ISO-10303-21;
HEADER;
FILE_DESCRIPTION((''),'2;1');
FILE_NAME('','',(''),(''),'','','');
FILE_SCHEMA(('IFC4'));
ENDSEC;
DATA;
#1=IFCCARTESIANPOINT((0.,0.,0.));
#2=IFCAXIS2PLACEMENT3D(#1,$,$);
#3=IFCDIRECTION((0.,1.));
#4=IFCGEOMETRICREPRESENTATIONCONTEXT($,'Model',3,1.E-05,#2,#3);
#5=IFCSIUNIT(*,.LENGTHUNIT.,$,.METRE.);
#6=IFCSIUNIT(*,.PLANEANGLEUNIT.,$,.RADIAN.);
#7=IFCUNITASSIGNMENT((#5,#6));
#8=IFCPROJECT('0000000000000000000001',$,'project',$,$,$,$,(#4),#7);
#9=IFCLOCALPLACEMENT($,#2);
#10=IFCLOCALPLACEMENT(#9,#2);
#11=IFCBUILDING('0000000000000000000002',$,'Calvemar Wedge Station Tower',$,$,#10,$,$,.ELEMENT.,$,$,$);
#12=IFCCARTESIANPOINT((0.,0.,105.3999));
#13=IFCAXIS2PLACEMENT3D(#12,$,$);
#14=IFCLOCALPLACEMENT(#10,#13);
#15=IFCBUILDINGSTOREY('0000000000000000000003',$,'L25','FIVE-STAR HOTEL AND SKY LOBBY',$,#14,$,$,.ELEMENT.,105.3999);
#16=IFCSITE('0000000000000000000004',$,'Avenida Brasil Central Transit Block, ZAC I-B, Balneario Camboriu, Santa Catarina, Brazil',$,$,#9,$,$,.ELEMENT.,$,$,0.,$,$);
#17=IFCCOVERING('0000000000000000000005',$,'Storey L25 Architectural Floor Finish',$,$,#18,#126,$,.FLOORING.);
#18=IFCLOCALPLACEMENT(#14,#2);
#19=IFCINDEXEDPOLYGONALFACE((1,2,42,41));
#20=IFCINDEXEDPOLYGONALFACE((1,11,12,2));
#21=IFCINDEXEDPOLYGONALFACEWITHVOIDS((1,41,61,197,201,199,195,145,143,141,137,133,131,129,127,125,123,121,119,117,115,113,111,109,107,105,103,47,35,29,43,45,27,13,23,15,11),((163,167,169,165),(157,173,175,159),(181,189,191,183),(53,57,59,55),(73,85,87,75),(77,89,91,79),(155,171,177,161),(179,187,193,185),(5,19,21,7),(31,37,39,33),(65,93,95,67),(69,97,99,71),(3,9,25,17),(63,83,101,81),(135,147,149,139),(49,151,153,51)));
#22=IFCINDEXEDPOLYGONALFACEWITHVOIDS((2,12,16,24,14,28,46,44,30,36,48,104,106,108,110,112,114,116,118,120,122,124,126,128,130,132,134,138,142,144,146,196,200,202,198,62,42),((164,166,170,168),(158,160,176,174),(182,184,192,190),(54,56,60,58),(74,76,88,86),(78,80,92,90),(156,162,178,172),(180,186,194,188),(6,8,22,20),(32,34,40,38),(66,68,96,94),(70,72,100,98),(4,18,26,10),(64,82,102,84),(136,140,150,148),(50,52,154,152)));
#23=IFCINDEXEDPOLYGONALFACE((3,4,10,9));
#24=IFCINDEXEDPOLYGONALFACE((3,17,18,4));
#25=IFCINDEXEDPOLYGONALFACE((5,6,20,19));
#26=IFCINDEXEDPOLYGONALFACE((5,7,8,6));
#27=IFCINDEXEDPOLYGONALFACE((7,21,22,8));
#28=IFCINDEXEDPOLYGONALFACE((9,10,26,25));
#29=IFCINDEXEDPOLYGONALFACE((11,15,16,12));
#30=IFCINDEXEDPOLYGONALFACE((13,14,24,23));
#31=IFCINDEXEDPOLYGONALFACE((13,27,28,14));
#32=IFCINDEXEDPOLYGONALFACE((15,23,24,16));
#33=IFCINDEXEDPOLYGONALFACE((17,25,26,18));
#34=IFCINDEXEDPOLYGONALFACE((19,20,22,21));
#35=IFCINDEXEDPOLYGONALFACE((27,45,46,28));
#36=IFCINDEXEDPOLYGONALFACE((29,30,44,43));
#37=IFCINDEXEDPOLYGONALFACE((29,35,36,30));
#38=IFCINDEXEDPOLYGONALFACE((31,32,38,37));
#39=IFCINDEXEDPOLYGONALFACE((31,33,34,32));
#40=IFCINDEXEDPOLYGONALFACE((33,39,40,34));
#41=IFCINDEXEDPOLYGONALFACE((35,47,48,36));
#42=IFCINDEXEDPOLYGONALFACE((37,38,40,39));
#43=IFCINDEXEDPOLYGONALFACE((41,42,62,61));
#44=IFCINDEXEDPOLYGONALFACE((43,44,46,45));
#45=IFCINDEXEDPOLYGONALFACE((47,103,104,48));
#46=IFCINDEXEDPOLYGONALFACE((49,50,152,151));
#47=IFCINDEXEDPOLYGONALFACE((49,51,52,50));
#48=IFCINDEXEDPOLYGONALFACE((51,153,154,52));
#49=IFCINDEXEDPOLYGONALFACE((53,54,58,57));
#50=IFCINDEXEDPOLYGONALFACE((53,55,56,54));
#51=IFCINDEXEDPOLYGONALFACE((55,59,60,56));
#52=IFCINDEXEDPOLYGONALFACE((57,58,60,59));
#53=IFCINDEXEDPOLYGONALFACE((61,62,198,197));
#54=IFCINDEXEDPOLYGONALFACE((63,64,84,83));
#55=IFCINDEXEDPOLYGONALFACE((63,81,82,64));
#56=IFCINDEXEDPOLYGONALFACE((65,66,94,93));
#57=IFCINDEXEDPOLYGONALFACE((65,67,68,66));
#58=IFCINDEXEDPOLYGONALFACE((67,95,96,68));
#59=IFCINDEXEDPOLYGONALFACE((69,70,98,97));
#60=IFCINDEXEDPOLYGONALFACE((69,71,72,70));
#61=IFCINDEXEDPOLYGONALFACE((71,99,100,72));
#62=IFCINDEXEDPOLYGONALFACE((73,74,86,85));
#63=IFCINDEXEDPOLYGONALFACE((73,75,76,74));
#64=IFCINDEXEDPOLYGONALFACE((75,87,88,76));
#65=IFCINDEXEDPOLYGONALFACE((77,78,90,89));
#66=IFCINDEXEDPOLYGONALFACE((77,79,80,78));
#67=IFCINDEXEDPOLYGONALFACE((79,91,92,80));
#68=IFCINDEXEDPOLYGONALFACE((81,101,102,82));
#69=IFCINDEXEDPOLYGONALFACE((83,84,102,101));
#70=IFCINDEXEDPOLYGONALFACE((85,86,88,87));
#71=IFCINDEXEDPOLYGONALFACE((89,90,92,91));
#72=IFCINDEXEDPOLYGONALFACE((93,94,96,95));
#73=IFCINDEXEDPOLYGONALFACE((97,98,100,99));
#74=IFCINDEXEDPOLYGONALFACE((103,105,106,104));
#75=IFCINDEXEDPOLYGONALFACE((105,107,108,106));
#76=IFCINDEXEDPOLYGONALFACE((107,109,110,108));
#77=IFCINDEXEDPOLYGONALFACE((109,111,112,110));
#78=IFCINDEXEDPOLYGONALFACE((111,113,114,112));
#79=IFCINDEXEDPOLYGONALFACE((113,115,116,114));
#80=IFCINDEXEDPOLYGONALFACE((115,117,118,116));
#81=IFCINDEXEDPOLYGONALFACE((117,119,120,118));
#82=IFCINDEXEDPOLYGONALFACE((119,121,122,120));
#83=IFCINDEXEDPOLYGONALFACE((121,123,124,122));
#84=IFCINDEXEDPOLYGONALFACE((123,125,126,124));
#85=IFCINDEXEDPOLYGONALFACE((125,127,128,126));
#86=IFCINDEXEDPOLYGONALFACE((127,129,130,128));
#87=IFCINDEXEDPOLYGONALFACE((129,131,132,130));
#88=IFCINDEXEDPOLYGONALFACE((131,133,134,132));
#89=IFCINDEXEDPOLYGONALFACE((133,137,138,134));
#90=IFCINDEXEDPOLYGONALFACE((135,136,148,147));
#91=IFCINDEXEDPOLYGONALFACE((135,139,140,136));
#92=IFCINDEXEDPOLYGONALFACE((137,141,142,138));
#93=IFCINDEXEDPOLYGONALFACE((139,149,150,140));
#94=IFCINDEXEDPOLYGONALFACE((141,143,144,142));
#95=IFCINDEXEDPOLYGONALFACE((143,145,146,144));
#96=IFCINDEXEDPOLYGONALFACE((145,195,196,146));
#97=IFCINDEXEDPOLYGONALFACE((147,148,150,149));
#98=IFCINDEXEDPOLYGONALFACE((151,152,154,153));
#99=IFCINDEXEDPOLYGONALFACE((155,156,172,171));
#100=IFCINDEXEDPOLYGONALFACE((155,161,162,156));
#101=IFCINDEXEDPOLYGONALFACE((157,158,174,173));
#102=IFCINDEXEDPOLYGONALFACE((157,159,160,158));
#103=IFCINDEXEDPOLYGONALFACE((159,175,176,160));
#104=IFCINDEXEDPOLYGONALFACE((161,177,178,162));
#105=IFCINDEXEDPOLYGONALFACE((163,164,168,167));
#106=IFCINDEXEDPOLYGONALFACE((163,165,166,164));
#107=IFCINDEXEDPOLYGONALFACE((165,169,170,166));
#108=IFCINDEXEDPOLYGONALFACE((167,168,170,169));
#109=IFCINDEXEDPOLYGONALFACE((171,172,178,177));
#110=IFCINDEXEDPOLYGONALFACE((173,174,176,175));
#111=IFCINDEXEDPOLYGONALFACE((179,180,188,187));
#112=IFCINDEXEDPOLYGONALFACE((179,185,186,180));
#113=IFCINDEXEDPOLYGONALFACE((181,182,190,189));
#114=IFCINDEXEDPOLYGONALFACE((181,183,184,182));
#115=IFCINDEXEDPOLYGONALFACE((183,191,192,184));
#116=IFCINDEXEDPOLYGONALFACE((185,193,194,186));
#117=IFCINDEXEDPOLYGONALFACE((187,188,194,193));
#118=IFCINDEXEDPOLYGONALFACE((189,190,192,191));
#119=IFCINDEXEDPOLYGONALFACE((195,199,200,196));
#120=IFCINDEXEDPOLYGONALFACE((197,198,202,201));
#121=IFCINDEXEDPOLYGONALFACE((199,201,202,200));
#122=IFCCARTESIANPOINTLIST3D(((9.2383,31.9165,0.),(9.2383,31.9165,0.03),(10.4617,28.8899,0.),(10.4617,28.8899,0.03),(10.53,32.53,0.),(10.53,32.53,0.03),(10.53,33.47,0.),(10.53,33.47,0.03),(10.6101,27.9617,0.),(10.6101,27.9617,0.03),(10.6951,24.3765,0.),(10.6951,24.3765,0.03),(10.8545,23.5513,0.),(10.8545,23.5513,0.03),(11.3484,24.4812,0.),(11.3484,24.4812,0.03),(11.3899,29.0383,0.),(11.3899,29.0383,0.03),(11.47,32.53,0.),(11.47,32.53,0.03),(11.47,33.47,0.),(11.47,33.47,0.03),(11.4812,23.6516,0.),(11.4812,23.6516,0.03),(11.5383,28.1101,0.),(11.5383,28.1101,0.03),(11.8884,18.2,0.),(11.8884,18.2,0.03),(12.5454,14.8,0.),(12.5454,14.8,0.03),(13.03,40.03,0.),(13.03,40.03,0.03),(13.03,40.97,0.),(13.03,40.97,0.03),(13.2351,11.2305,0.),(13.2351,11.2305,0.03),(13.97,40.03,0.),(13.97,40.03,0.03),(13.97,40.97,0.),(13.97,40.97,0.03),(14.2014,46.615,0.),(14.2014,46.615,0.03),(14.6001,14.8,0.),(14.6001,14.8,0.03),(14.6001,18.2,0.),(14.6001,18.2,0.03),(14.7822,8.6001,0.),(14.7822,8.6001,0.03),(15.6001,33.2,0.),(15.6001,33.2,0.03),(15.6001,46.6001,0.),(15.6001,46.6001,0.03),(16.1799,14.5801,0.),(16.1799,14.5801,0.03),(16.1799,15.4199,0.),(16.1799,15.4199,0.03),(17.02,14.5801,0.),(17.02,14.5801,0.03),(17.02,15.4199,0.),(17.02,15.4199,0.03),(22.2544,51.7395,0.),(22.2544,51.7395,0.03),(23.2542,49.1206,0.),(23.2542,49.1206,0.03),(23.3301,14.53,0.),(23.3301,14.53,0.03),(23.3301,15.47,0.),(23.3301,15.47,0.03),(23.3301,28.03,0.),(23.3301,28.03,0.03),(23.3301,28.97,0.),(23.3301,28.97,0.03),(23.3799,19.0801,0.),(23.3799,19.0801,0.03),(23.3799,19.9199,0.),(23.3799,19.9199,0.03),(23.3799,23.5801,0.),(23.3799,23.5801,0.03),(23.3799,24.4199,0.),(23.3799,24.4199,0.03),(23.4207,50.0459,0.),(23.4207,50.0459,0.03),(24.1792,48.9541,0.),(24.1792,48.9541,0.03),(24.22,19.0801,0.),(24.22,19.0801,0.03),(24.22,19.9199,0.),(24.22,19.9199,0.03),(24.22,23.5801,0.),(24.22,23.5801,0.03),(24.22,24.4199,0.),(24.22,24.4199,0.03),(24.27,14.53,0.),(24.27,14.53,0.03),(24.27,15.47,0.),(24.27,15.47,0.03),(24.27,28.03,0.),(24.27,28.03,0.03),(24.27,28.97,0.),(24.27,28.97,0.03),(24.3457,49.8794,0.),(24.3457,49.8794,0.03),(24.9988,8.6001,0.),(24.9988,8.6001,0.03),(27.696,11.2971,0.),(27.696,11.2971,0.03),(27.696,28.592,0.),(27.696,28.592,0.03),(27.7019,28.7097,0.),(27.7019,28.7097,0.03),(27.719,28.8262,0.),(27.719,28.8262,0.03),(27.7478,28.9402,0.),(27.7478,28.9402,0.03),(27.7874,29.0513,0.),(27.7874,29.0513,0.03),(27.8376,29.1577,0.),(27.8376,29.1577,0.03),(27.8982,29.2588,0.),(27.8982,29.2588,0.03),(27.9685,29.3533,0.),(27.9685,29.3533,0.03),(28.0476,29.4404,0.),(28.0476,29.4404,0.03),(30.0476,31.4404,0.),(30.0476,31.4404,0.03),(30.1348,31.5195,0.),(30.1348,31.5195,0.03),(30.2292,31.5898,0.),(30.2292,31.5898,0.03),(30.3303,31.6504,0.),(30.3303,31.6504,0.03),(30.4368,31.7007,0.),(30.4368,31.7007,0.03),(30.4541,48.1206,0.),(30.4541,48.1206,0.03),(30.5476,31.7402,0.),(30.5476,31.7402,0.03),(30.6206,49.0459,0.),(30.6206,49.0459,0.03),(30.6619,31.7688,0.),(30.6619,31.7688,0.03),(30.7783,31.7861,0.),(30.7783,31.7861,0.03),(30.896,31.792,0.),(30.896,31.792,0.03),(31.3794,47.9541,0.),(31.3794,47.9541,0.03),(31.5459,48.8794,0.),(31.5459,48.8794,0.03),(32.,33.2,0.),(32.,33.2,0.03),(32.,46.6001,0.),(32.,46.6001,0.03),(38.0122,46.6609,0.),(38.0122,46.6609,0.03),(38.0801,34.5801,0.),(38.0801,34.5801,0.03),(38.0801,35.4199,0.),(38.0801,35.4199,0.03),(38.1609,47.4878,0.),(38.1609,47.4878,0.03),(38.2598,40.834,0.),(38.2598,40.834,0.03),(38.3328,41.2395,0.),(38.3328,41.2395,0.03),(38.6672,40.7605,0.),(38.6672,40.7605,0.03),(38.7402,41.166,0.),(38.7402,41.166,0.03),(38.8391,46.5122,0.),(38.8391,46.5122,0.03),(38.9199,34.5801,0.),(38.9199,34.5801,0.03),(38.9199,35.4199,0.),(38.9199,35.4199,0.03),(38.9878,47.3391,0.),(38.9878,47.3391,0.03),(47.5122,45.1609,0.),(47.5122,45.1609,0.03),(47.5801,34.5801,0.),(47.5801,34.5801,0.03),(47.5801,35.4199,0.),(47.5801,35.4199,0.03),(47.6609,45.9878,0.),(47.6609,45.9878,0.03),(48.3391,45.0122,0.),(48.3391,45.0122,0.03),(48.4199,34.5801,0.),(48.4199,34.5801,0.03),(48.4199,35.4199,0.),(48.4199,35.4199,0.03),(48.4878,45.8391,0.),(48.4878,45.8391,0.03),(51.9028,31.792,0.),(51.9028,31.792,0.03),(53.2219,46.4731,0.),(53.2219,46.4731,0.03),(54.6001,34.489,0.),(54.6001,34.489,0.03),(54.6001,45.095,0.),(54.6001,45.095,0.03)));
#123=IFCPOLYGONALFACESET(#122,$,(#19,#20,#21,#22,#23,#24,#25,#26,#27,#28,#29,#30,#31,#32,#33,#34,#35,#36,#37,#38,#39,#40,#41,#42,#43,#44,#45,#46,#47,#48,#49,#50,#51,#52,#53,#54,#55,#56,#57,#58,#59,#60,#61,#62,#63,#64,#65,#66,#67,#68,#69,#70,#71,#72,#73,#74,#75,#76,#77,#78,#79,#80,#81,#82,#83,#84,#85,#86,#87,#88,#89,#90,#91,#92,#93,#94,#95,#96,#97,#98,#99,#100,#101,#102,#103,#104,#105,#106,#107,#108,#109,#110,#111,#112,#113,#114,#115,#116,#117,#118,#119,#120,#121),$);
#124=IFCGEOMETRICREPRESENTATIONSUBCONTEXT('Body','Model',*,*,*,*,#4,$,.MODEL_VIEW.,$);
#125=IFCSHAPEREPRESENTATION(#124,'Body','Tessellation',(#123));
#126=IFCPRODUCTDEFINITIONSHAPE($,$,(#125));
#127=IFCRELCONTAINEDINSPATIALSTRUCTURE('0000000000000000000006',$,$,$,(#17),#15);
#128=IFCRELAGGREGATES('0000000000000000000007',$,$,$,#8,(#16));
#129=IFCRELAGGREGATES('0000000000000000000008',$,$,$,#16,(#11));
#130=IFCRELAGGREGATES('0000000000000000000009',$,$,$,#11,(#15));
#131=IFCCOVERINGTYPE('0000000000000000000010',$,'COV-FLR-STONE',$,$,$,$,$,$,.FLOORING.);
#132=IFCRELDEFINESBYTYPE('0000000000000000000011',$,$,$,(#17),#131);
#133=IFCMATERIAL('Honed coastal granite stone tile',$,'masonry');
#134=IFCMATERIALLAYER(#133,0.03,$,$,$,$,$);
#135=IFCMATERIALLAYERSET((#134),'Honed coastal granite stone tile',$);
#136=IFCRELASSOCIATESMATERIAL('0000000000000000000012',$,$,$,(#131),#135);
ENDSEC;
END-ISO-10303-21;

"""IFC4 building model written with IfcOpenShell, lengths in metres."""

from ifc_helpers import new_model, si_unit, direction, frame, origin, place, context, subcontext, project, spatial, polyline, outline, extrude, material, layer, layer_set, type_object, element, save


model = new_model("IFC4")

# Units and contexts
model_context = context("Model", 3, precision=1e-05, world=origin(), true_north=direction((0.0, 1.0)))
body_context = subcontext(model_context, "Body", "Model", "MODEL_VIEW")
ifc_project = project(units=[si_unit("LENGTHUNIT", "METRE"), si_unit("PLANEANGLEUNIT", "RADIAN")], contexts=[model_context])

# Site, building, storey
site_placement = place(None, origin())
site = spatial("IfcSite", under=ifc_project, at=site_placement, Name="Avenida Brasil Central Transit Block, ZAC I-B, Balneario Camboriu, Santa Catarina, Brazil", CompositionType="ELEMENT", RefElevation=0.0)
building_placement = place(site_placement, origin())
building = spatial("IfcBuilding", under=site, at=building_placement, Name="Calvemar Wedge Station Tower", CompositionType="ELEMENT")
storey_placement = place(building_placement, frame((0.0, 0.0, 105.3999)))
storey = spatial("IfcBuildingStorey", under=building, at=storey_placement, Name="L25", Description="FIVE-STAR HOTEL AND SKY LOBBY", CompositionType="ELEMENT", Elevation=105.3999)

# Covering
ifc_material_1 = material(Name="Honed coastal granite stone tile", Category="masonry")
ifc_layer_1 = layer(ifc_material_1, 0.03)
ifc_layer_set_1 = layer_set([ifc_layer_1], Name="Honed coastal granite stone tile")
covering_type_1 = type_object("IfcCoveringType", Name="COV-FLR-STONE", PredefinedType="FLOORING", material=ifc_layer_set_1)
covering_1_placement = place(storey_placement, origin())
element("IfcCovering", 1, at=covering_1_placement, inside=storey, type_object=covering_type_1, Name="Storey L25 Architectural Floor Finish", PredefinedType="FLOORING", context=body_context, shape_type="SweptSolid", body=[
    extrude(outline(polyline([(28.0476, 29.4404), (30.0476, 31.4404), (30.1348, 31.5195), (30.2292, 31.5898), (30.3303, 31.6504), (30.4368, 31.7007), (30.5476, 31.7402), (30.6619, 31.7688), (30.7783, 31.7861), (30.896, 31.792), (51.9028, 31.792), (54.6001, 34.489), (54.6001, 45.095), (53.2219, 46.4731), (22.2544, 51.7395), (14.2014, 46.615), (9.2383, 31.9165), (10.6951, 24.3765), (11.3484, 24.4812), (11.4812, 23.6516), (10.8545, 23.5513), (11.8884, 18.2), (14.6001, 18.2), (14.6001, 14.8), (12.5454, 14.8), (13.2351, 11.2305), (14.7822, 8.6001), (24.9988, 8.6001), (27.696, 11.2971), (27.696, 28.592), (27.7019, 28.7097), (27.719, 28.8262), (27.7478, 28.9402), (27.7874, 29.0513), (27.8376, 29.1577), (27.8982, 29.2588), (27.9685, 29.3533), (28.0476, 29.4404)]), holes=[polyline([(15.6001, 46.6001), (32.0, 46.6001), (32.0, 33.2), (15.6001, 33.2), (15.6001, 46.6001)]), polyline([(10.53, 32.53), (10.53, 33.47), (11.47, 33.47), (11.47, 32.53), (10.53, 32.53)]), polyline([(13.03, 40.97), (13.97, 40.97), (13.97, 40.03), (13.03, 40.03), (13.03, 40.97)]), polyline([(24.3457, 49.8794), (24.1792, 48.9541), (23.2542, 49.1206), (23.4207, 50.0459), (24.3457, 49.8794)]), polyline([(31.3794, 47.9541), (30.4541, 48.1206), (30.6206, 49.0459), (31.5459, 48.8794), (31.3794, 47.9541)]), polyline([(38.0122, 46.6609), (38.1609, 47.4878), (38.9878, 47.3391), (38.8391, 46.5122), (38.0122, 46.6609)]), polyline([(47.6609, 45.9878), (48.4878, 45.8391), (48.3391, 45.0122), (47.5122, 45.1609), (47.6609, 45.9878)]), polyline([(38.9199, 35.4199), (38.9199, 34.5801), (38.0801, 34.5801), (38.0801, 35.4199), (38.9199, 35.4199)]), polyline([(48.4199, 34.5801), (47.5801, 34.5801), (47.5801, 35.4199), (48.4199, 35.4199), (48.4199, 34.5801)]), polyline([(38.2598, 40.834), (38.3328, 41.2395), (38.7402, 41.166), (38.6672, 40.7605), (38.2598, 40.834)]), polyline([(11.3899, 29.0383), (11.5383, 28.1101), (10.6101, 27.9617), (10.4617, 28.8899), (11.3899, 29.0383)]), polyline([(24.27, 28.03), (23.3301, 28.03), (23.3301, 28.97), (24.27, 28.97), (24.27, 28.03)]), polyline([(23.3799, 23.5801), (23.3799, 24.4199), (24.22, 24.4199), (24.22, 23.5801), (23.3799, 23.5801)]), polyline([(23.3799, 19.9199), (24.22, 19.9199), (24.22, 19.0801), (23.3799, 19.0801), (23.3799, 19.9199)]), polyline([(24.27, 15.47), (24.27, 14.53), (23.3301, 14.53), (23.3301, 15.47), (24.27, 15.47)]), polyline([(17.02, 14.5801), (16.1799, 14.5801), (16.1799, 15.4199), (17.02, 15.4199), (17.02, 14.5801)])]), origin(), (0.0, 0.0, 1.0), 0.03),
])

save(model, "model.ifc")
